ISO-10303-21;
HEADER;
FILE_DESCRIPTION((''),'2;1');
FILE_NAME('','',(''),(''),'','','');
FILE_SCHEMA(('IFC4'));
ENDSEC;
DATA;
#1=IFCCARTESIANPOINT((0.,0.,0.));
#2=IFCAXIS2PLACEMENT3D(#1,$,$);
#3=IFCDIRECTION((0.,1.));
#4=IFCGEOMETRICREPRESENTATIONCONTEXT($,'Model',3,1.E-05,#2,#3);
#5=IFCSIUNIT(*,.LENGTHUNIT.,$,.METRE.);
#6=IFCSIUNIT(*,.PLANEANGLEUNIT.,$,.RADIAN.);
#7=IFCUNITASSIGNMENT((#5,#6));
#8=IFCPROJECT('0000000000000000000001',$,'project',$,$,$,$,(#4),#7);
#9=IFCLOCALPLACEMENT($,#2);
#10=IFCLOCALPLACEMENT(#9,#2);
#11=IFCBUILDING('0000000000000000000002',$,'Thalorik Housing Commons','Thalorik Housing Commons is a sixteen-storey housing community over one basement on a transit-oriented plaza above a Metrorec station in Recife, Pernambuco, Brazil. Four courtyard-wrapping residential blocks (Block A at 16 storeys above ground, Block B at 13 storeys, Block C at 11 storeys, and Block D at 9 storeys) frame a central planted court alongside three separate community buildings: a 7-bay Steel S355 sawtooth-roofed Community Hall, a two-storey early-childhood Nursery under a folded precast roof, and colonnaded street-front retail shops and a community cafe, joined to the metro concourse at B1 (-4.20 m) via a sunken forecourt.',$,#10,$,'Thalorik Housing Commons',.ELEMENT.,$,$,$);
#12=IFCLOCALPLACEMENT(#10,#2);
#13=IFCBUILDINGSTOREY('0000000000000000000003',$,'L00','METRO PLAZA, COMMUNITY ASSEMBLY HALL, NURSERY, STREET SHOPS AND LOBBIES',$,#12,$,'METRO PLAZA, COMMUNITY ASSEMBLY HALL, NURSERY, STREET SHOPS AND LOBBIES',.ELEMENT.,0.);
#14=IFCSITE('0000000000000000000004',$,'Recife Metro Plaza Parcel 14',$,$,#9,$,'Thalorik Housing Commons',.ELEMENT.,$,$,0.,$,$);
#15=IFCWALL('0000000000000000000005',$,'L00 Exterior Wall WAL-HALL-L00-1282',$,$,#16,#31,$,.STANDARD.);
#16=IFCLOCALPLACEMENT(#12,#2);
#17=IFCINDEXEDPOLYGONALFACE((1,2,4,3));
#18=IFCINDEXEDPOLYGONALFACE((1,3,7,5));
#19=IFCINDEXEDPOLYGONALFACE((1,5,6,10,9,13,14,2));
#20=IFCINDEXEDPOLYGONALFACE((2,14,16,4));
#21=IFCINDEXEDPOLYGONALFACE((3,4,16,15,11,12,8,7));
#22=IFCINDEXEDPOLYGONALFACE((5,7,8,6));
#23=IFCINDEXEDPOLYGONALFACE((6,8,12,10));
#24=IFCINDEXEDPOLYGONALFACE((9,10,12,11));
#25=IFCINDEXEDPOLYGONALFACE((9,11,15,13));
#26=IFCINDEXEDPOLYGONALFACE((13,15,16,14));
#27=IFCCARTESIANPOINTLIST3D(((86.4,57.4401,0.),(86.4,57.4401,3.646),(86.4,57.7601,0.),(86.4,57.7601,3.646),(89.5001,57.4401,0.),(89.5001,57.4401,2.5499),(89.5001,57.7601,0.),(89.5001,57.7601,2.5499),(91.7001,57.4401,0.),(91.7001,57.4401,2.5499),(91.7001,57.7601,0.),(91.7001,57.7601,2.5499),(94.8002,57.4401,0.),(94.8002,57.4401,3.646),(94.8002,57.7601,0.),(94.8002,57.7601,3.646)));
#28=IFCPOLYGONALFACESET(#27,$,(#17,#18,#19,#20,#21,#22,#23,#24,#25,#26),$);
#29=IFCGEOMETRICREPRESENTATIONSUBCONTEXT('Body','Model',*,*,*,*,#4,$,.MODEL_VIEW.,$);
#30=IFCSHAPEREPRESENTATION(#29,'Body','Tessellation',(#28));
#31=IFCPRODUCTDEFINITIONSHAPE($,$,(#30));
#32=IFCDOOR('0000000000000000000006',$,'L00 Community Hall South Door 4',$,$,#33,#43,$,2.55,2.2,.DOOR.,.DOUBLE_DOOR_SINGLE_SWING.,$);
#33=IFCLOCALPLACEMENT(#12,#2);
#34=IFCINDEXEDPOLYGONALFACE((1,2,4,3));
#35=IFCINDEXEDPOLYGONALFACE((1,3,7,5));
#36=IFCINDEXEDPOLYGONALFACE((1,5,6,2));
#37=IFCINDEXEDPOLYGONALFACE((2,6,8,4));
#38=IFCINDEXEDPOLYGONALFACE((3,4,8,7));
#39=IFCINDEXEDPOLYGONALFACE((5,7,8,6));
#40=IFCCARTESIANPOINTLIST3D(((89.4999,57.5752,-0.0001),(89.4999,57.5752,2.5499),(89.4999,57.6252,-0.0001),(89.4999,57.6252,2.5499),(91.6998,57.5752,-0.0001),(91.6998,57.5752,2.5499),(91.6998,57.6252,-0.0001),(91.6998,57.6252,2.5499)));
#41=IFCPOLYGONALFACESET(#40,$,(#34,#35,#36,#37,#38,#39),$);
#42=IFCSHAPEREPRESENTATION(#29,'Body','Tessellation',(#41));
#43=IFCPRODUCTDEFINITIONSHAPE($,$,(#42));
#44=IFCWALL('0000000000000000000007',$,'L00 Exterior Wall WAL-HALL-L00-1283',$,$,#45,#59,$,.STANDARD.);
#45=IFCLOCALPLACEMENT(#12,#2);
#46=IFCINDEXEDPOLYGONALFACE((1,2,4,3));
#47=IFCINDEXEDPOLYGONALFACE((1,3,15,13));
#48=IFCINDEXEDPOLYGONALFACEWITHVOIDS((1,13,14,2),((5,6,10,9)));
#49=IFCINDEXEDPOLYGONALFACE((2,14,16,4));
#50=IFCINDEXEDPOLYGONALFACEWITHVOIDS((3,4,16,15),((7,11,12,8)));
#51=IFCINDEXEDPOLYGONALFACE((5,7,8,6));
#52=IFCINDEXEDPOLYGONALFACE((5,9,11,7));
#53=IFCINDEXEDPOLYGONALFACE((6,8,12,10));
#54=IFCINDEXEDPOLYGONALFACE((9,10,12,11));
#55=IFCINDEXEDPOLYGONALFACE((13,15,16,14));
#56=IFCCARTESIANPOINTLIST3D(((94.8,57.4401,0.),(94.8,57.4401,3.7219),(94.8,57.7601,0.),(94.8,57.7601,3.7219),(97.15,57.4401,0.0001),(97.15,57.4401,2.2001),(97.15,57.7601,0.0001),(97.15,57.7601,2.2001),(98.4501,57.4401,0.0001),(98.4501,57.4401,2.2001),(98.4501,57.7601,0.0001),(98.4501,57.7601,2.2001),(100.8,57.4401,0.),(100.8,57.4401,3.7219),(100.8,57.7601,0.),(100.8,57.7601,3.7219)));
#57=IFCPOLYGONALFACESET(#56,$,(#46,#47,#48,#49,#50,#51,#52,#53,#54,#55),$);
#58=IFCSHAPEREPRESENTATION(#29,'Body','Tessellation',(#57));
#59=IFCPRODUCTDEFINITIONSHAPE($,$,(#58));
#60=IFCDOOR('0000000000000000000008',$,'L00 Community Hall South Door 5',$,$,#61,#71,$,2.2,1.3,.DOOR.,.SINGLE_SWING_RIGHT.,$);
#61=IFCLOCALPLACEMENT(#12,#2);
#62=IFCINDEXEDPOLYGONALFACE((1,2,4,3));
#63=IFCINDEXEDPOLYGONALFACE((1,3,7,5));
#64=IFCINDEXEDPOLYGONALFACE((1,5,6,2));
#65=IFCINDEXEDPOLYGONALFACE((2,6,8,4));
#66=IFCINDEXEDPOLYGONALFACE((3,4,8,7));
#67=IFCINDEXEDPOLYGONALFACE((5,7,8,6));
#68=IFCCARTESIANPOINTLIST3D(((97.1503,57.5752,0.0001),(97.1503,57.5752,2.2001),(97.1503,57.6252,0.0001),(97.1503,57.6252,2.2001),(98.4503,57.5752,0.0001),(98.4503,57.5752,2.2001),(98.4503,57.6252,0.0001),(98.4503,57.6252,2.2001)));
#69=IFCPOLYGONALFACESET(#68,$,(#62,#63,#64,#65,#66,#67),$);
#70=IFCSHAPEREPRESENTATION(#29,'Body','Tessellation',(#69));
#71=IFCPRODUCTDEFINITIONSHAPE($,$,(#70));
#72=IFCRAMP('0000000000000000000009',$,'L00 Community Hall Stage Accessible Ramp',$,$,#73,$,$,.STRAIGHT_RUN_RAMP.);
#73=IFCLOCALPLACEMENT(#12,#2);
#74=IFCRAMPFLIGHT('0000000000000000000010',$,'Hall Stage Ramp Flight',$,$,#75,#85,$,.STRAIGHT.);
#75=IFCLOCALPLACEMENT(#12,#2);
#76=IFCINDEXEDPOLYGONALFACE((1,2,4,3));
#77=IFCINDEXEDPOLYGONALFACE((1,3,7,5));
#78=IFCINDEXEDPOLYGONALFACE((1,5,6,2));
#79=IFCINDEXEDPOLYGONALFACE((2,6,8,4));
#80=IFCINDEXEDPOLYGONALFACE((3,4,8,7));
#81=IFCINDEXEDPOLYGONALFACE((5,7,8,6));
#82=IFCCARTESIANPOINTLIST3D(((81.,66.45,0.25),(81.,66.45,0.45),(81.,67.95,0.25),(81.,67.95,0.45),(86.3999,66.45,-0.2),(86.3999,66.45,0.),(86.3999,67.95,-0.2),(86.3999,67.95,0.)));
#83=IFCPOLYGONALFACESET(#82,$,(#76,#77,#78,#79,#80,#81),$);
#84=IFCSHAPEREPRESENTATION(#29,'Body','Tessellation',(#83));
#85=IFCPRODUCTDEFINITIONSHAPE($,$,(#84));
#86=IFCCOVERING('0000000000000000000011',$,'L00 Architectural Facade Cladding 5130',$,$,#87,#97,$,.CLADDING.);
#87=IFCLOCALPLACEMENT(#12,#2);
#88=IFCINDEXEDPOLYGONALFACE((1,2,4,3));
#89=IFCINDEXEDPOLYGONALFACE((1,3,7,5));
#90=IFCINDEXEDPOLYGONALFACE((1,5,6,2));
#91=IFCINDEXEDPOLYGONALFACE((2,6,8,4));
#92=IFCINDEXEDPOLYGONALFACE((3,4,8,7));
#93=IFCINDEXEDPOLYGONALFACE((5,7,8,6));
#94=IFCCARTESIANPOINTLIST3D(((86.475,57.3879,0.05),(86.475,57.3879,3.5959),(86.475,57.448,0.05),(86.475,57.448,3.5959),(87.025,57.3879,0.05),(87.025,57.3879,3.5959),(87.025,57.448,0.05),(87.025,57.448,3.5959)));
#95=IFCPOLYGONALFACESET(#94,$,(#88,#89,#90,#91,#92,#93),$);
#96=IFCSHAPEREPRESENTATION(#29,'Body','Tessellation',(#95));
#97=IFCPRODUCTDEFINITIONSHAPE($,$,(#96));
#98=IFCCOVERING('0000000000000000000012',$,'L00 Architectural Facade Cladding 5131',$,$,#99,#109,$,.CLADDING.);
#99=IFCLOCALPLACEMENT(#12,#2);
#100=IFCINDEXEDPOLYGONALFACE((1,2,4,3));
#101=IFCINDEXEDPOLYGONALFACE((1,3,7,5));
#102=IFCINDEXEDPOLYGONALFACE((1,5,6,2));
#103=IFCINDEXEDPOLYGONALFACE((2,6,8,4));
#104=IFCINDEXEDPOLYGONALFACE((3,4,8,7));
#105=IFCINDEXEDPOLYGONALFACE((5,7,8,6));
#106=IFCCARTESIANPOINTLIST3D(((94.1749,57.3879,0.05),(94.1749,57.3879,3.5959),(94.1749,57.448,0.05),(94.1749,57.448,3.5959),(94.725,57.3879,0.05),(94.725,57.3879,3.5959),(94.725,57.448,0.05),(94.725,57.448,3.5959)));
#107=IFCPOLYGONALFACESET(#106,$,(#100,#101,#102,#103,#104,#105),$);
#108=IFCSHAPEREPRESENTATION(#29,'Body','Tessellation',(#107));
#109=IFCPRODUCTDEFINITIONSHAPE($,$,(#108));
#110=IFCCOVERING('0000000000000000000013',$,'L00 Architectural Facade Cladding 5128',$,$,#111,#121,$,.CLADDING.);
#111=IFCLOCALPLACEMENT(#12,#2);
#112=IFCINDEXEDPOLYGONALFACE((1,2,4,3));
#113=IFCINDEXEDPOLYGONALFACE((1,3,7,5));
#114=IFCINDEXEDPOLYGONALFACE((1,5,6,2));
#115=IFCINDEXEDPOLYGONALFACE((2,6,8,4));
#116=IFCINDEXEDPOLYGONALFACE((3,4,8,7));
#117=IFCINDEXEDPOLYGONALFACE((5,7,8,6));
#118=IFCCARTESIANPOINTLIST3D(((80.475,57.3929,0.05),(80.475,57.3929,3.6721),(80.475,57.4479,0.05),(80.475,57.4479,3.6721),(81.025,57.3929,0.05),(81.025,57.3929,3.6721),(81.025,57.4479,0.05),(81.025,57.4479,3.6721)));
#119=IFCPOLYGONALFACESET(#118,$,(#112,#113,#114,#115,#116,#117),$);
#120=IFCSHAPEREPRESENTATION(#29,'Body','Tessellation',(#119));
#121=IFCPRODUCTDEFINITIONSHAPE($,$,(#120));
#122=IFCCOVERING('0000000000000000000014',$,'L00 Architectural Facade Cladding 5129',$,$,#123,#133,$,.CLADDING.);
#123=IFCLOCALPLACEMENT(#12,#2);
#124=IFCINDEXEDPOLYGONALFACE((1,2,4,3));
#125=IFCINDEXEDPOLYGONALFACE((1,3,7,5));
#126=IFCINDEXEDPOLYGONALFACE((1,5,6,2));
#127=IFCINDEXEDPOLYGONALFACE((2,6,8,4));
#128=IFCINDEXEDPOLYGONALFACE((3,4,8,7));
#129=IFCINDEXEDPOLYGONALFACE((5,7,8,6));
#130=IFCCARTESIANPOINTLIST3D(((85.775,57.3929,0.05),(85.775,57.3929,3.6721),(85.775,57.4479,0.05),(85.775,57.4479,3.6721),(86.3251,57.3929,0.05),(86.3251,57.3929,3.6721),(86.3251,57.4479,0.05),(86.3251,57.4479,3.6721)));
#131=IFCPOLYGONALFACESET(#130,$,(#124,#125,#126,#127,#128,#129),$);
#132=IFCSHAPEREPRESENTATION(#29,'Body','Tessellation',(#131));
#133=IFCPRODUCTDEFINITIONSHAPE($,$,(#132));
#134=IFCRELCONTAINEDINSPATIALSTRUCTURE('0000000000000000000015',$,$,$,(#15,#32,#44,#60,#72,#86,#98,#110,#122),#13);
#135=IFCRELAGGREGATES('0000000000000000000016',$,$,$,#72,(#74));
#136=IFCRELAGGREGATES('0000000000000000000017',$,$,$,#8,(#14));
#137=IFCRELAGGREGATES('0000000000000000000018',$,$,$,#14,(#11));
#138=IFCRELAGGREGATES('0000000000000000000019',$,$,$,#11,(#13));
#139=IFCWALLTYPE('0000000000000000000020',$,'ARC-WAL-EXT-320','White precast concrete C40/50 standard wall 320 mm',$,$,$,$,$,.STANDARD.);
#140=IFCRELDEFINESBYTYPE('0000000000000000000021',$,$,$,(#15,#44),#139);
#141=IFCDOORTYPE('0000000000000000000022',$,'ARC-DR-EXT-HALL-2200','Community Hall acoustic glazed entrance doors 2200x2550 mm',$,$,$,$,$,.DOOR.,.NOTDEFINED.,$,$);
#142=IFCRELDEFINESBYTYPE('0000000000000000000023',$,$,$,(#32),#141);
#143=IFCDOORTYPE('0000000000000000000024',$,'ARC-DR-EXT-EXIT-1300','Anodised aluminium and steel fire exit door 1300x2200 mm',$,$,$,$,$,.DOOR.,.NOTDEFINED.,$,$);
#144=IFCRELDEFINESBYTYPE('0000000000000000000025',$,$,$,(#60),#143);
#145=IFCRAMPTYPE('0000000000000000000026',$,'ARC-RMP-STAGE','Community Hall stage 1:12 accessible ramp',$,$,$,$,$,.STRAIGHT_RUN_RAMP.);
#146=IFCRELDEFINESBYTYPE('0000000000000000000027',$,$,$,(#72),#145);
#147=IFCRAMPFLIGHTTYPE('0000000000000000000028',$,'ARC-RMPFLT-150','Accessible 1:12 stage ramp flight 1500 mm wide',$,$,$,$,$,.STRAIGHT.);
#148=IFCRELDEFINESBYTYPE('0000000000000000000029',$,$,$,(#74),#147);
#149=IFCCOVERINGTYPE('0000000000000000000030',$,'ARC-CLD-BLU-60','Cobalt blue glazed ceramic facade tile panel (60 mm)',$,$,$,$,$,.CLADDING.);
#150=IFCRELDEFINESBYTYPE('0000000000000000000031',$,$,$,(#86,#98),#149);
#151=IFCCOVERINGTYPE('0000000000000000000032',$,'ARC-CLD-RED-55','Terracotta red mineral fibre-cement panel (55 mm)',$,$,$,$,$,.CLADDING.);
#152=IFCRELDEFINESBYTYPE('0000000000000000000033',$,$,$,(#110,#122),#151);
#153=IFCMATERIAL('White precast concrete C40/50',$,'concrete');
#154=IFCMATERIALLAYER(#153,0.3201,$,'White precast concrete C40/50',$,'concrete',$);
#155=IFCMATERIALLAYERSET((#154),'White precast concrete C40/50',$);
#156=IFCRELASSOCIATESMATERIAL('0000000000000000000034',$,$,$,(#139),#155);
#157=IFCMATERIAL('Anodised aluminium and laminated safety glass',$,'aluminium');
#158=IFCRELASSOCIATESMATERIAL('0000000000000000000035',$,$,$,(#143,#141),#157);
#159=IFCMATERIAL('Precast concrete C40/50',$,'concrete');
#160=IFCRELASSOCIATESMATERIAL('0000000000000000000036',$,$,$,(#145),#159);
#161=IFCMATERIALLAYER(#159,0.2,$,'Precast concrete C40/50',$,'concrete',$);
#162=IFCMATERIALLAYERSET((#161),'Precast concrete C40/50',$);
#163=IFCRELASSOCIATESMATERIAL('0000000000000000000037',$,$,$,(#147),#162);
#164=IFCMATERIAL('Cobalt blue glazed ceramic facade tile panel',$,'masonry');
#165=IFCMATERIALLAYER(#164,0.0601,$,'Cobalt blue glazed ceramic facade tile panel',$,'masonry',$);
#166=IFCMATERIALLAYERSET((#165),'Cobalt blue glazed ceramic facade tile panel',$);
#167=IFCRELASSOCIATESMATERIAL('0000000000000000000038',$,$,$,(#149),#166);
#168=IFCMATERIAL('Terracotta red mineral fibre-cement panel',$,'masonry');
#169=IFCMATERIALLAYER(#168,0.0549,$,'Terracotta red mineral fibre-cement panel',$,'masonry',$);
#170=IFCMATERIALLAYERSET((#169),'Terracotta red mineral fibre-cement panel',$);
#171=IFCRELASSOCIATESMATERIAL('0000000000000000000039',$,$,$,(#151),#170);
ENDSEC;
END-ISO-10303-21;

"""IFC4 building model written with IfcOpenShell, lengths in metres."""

from ifc_helpers import new_model, si_unit, direction, frame, frame_2d, origin, origin_2d, place, context, subcontext, project, spatial, polyline, rectangle, outline, extrude, material, layer, layer_set, type_object, element, fill, aggregate, save


model = new_model("IFC4")

# Units and contexts
model_context = context("Model", 3, precision=1e-05, world=origin(), true_north=direction((0.0, 1.0)))
body_context = subcontext(model_context, "Body", "Model", "MODEL_VIEW")
ifc_project = project(units=[si_unit("LENGTHUNIT", "METRE"), si_unit("PLANEANGLEUNIT", "RADIAN")], contexts=[model_context])

# Site, building, storey
site_placement = place(None, origin())
site = spatial("IfcSite", under=ifc_project, at=site_placement, Name="Recife Metro Plaza Parcel 14", LongName="Thalorik Housing Commons", CompositionType="ELEMENT", RefElevation=0.0)
building_placement = place(site_placement, origin())
building = spatial("IfcBuilding", under=site, at=building_placement, Name="Thalorik Housing Commons", Description="Thalorik Housing Commons is a sixteen-storey housing community over one basement on a transit-oriented plaza above a Metrorec station in Recife, Pernambuco, Brazil. Four courtyard-wrapping residential blocks (Block A at 16 storeys above ground, Block B at 13 storeys, Block C at 11 storeys, and Block D at 9 storeys) frame a central planted court alongside three separate community buildings: a 7-bay Steel S355 sawtooth-roofed Community Hall, a two-storey early-childhood Nursery under a folded precast roof, and colonnaded street-front retail shops and a community cafe, joined to the metro concourse at B1 (-4.20 m) via a sunken forecourt.", LongName="Thalorik Housing Commons", CompositionType="ELEMENT")
storey_placement = place(building_placement, origin())
storey = spatial("IfcBuildingStorey", under=building, at=storey_placement, Name="L00", Description="METRO PLAZA, COMMUNITY ASSEMBLY HALL, NURSERY, STREET SHOPS AND LOBBIES", LongName="METRO PLAZA, COMMUNITY ASSEMBLY HALL, NURSERY, STREET SHOPS AND LOBBIES", CompositionType="ELEMENT", Elevation=0.0)

# Shared definitions
ifc_material_1 = material(Name="Precast concrete C40/50", Category="concrete")

# Shared definitions
ifc_material_2 = material(Name="White precast concrete C40/50", Category="concrete")
ifc_layer_1 = layer(ifc_material_2, 0.3201, Name="White precast concrete C40/50", Category="concrete")
ifc_layer_set_1 = layer_set([ifc_layer_1], Name="White precast concrete C40/50")
wall_type = type_object("IfcWallType", Name="ARC-WAL-EXT-320", Description="White precast concrete C40/50 standard wall 320 mm", PredefinedType="STANDARD", material=ifc_layer_set_1)

# Walls, openings, doors
ifc_material_3 = material(Name="Anodised aluminium and laminated safety glass", Category="aluminium")
door_type_1 = type_object("IfcDoorType", Name="ARC-DR-EXT-EXIT-1300", Description="Anodised aluminium and steel fire exit door 1300x2200 mm", OperationType="NOTDEFINED", PredefinedType="DOOR", material=ifc_material_3)
wall_1_placement = place(storey_placement, frame((86.3999, 57.6001, 0.0), z_axis=(0.0, 0.0, 1.0), x_axis=(1.0, 0.0, 0.0)))
wall_1 = element("IfcWall", 1, at=wall_1_placement, inside=storey, type_object=wall_type, Name="L00 Exterior Wall WAL-HALL-L00-1282", PredefinedType="STANDARD", context=body_context, shape_type="SweptSolid", body=[
    extrude(rectangle(XDim=8.4001, YDim=0.3201, at=frame_2d((4.2002, 0.0))), origin(), (0.0, 0.0, 1.0), 3.646),
])
opening_1_placement = place(wall_1_placement, frame((3.1001, 0.0, 0.0)))
opening_1 = element("IfcOpeningElement", 2, at=opening_1_placement, cuts=wall_1, PredefinedType="OPENING", context=body_context, shape_type="SweptSolid", body=[
    extrude(rectangle(XDim=2.2, YDim=2.55, at=frame_2d((1.1001, 1.2749))), frame((0.0, 0.1699, 0.0), z_axis=(0.0, -1.0, 0.0), x_axis=(1.0, 0.0, 0.0)), (0.0, 0.0, 1.0), 0.3401),
])
door_type_2 = type_object("IfcDoorType", Name="ARC-DR-EXT-HALL-2200", Description="Community Hall acoustic glazed entrance doors 2200x2550 mm", OperationType="NOTDEFINED", PredefinedType="DOOR", material=ifc_material_3)
door_1_placement = place(opening_1_placement, frame((2.2, 0.0, 0.0), z_axis=(0.0, 0.0, 1.0), x_axis=(-1.0, 0.0, 0.0)))
door_1 = element("IfcDoor", 3, at=door_1_placement, inside=storey, type_object=door_type_2, Name="L00 Community Hall South Door 4", OperationType="DOUBLE_DOOR_SINGLE_SWING", OverallHeight=2.55, OverallWidth=2.2, PredefinedType="DOOR", context=body_context, shape_type="SweptSolid", body=[
    extrude(rectangle(XDim=2.2, YDim=2.55, at=frame_2d((1.1001, 1.2749))), frame((0.0, 0.0249, 0.0), z_axis=(0.0, -1.0, 0.0), x_axis=(1.0, 0.0, 0.0)), (0.0, 0.0, 1.0), 0.05),
])
fill(opening_1, door_1)
wall_2_placement = place(storey_placement, frame((94.8, 57.6001, 0.0), z_axis=(0.0, 0.0, 1.0), x_axis=(1.0, 0.0, 0.0)))
wall_2 = element("IfcWall", 4, at=wall_2_placement, inside=storey, type_object=wall_type, Name="L00 Exterior Wall WAL-HALL-L00-1283", PredefinedType="STANDARD", context=body_context, shape_type="SweptSolid", body=[
    extrude(rectangle(XDim=6.0, YDim=0.3201, at=frame_2d((3.0, 0.0))), origin(), (0.0, 0.0, 1.0), 3.7219),
])
opening_2_placement = place(wall_2_placement, frame((2.3501, 0.0, 0.0)))
opening_2 = element("IfcOpeningElement", 5, at=opening_2_placement, cuts=wall_2, PredefinedType="OPENING", context=body_context, shape_type="SweptSolid", body=[
    extrude(rectangle(XDim=1.3, YDim=2.2, at=frame_2d((0.6499, 1.1001))), frame((0.0, 0.1699, 0.0), z_axis=(0.0, -1.0, 0.0), x_axis=(1.0, 0.0, 0.0)), (0.0, 0.0, 1.0), 0.3401),
])
door_2_placement = place(opening_2_placement, frame((1.3, 0.0, 0.0), z_axis=(0.0, 0.0, 1.0), x_axis=(-1.0, 0.0, 0.0)))
door_2 = element("IfcDoor", 6, at=door_2_placement, inside=storey, type_object=door_type_1, Name="L00 Community Hall South Door 5", OperationType="SINGLE_SWING_RIGHT", OverallHeight=2.2, OverallWidth=1.3, PredefinedType="DOOR", context=body_context, shape_type="SweptSolid", body=[
    extrude(rectangle(XDim=1.3, YDim=2.2, at=frame_2d((0.6499, 1.1001))), frame((0.0, 0.0249, 0.0), z_axis=(0.0, -1.0, 0.0), x_axis=(1.0, 0.0, 0.0)), (0.0, 0.0, 1.0), 0.05),
])
fill(opening_2, door_2)

# Ramp, ramp flight
ramp_type = type_object("IfcRampType", Name="ARC-RMP-STAGE", Description="Community Hall stage 1:12 accessible ramp", PredefinedType="STRAIGHT_RUN_RAMP", material=ifc_material_1)
ramp_placement = place(storey_placement, origin())
ramp = element("IfcRamp", 7, at=ramp_placement, inside=storey, type_object=ramp_type, Name="L00 Community Hall Stage Accessible Ramp", PredefinedType="STRAIGHT_RUN_RAMP")
ifc_layer_2 = layer(ifc_material_1, 0.2, Name="Precast concrete C40/50", Category="concrete")
ifc_layer_set_2 = layer_set([ifc_layer_2], Name="Precast concrete C40/50")
ramp_flight_type = type_object("IfcRampFlightType", Name="ARC-RMPFLT-150", Description="Accessible 1:12 stage ramp flight 1500 mm wide", PredefinedType="STRAIGHT", material=ifc_layer_set_2)
ramp_flight_placement = place(storey_placement, frame((86.3999, 67.2, 0.0), z_axis=(0.0, 0.0, 1.0), x_axis=(-1.0, 0.0, 0.0)))
ramp_flight = element("IfcRampFlight", 8, at=ramp_flight_placement, type_object=ramp_flight_type, Name="Hall Stage Ramp Flight", PredefinedType="STRAIGHT", context=body_context, shape_type="SweptSolid", body=[
    extrude(outline(polyline([(0.0, 0.0), (0.0, -0.2), (5.3999, 0.25), (5.3999, 0.45), (0.0, 0.0)])), frame((0.0, 0.75, 0.0), z_axis=(0.0, -1.0, 0.0), x_axis=(1.0, 0.0, 0.0)), (0.0, 0.0, 1.0), 1.5),
])
aggregate(ramp, [ramp_flight])

# Coverings
ifc_material_4 = material(Name="Cobalt blue glazed ceramic facade tile panel", Category="masonry")
ifc_layer_3 = layer(ifc_material_4, 0.0601, Name="Cobalt blue glazed ceramic facade tile panel", Category="masonry")
ifc_layer_set_3 = layer_set([ifc_layer_3], Name="Cobalt blue glazed ceramic facade tile panel")
covering_type_1 = type_object("IfcCoveringType", Name="ARC-CLD-BLU-60", Description="Cobalt blue glazed ceramic facade tile panel (60 mm)", PredefinedType="CLADDING", material=ifc_layer_set_3)
for number, where, z_axis, x_axis, name in (
    (9, (86.75, 57.418, 0.05), (0.0, 0.0, 1.0), (1.0, 0.0, 0.0), "L00 Architectural Facade Cladding 5130"),
    (10, (94.45, 57.418, 0.05), (0.0, 0.0, 1.0), (1.0, 0.0, 0.0), "L00 Architectural Facade Cladding 5131"),
):
    element("IfcCovering", number, at=place(storey_placement, frame(where, z_axis=z_axis, x_axis=x_axis)), inside=storey, type_object=covering_type_1, Name=name, PredefinedType="CLADDING", context=body_context, shape_type="SweptSolid", body=[
        extrude(rectangle(XDim=0.55, YDim=0.0601, at=origin_2d()), origin(), (0.0, 0.0, 1.0), 3.5459),
    ])
ifc_material_5 = material(Name="Terracotta red mineral fibre-cement panel", Category="masonry")
ifc_layer_4 = layer(ifc_material_5, 0.0549, Name="Terracotta red mineral fibre-cement panel", Category="masonry")
ifc_layer_set_4 = layer_set([ifc_layer_4], Name="Terracotta red mineral fibre-cement panel")
covering_type_2 = type_object("IfcCoveringType", Name="ARC-CLD-RED-55", Description="Terracotta red mineral fibre-cement panel (55 mm)", PredefinedType="CLADDING", material=ifc_layer_set_4)
for number, where, z_axis, x_axis, name in (
    (11, (80.75, 57.4204, 0.05), (0.0, 0.0, 1.0), (1.0, 0.0, 0.0), "L00 Architectural Facade Cladding 5128"),
    (12, (86.05, 57.4204, 0.05), (0.0, 0.0, 1.0), (1.0, 0.0, 0.0), "L00 Architectural Facade Cladding 5129"),
):
    element("IfcCovering", number, at=place(storey_placement, frame(where, z_axis=z_axis, x_axis=x_axis)), inside=storey, type_object=covering_type_2, Name=name, PredefinedType="CLADDING", context=body_context, shape_type="SweptSolid", body=[
        extrude(rectangle(XDim=0.55, YDim=0.0549, at=origin_2d()), origin(), (0.0, 0.0, 1.0), 3.6221),
    ])

save(model, "model.ifc")
